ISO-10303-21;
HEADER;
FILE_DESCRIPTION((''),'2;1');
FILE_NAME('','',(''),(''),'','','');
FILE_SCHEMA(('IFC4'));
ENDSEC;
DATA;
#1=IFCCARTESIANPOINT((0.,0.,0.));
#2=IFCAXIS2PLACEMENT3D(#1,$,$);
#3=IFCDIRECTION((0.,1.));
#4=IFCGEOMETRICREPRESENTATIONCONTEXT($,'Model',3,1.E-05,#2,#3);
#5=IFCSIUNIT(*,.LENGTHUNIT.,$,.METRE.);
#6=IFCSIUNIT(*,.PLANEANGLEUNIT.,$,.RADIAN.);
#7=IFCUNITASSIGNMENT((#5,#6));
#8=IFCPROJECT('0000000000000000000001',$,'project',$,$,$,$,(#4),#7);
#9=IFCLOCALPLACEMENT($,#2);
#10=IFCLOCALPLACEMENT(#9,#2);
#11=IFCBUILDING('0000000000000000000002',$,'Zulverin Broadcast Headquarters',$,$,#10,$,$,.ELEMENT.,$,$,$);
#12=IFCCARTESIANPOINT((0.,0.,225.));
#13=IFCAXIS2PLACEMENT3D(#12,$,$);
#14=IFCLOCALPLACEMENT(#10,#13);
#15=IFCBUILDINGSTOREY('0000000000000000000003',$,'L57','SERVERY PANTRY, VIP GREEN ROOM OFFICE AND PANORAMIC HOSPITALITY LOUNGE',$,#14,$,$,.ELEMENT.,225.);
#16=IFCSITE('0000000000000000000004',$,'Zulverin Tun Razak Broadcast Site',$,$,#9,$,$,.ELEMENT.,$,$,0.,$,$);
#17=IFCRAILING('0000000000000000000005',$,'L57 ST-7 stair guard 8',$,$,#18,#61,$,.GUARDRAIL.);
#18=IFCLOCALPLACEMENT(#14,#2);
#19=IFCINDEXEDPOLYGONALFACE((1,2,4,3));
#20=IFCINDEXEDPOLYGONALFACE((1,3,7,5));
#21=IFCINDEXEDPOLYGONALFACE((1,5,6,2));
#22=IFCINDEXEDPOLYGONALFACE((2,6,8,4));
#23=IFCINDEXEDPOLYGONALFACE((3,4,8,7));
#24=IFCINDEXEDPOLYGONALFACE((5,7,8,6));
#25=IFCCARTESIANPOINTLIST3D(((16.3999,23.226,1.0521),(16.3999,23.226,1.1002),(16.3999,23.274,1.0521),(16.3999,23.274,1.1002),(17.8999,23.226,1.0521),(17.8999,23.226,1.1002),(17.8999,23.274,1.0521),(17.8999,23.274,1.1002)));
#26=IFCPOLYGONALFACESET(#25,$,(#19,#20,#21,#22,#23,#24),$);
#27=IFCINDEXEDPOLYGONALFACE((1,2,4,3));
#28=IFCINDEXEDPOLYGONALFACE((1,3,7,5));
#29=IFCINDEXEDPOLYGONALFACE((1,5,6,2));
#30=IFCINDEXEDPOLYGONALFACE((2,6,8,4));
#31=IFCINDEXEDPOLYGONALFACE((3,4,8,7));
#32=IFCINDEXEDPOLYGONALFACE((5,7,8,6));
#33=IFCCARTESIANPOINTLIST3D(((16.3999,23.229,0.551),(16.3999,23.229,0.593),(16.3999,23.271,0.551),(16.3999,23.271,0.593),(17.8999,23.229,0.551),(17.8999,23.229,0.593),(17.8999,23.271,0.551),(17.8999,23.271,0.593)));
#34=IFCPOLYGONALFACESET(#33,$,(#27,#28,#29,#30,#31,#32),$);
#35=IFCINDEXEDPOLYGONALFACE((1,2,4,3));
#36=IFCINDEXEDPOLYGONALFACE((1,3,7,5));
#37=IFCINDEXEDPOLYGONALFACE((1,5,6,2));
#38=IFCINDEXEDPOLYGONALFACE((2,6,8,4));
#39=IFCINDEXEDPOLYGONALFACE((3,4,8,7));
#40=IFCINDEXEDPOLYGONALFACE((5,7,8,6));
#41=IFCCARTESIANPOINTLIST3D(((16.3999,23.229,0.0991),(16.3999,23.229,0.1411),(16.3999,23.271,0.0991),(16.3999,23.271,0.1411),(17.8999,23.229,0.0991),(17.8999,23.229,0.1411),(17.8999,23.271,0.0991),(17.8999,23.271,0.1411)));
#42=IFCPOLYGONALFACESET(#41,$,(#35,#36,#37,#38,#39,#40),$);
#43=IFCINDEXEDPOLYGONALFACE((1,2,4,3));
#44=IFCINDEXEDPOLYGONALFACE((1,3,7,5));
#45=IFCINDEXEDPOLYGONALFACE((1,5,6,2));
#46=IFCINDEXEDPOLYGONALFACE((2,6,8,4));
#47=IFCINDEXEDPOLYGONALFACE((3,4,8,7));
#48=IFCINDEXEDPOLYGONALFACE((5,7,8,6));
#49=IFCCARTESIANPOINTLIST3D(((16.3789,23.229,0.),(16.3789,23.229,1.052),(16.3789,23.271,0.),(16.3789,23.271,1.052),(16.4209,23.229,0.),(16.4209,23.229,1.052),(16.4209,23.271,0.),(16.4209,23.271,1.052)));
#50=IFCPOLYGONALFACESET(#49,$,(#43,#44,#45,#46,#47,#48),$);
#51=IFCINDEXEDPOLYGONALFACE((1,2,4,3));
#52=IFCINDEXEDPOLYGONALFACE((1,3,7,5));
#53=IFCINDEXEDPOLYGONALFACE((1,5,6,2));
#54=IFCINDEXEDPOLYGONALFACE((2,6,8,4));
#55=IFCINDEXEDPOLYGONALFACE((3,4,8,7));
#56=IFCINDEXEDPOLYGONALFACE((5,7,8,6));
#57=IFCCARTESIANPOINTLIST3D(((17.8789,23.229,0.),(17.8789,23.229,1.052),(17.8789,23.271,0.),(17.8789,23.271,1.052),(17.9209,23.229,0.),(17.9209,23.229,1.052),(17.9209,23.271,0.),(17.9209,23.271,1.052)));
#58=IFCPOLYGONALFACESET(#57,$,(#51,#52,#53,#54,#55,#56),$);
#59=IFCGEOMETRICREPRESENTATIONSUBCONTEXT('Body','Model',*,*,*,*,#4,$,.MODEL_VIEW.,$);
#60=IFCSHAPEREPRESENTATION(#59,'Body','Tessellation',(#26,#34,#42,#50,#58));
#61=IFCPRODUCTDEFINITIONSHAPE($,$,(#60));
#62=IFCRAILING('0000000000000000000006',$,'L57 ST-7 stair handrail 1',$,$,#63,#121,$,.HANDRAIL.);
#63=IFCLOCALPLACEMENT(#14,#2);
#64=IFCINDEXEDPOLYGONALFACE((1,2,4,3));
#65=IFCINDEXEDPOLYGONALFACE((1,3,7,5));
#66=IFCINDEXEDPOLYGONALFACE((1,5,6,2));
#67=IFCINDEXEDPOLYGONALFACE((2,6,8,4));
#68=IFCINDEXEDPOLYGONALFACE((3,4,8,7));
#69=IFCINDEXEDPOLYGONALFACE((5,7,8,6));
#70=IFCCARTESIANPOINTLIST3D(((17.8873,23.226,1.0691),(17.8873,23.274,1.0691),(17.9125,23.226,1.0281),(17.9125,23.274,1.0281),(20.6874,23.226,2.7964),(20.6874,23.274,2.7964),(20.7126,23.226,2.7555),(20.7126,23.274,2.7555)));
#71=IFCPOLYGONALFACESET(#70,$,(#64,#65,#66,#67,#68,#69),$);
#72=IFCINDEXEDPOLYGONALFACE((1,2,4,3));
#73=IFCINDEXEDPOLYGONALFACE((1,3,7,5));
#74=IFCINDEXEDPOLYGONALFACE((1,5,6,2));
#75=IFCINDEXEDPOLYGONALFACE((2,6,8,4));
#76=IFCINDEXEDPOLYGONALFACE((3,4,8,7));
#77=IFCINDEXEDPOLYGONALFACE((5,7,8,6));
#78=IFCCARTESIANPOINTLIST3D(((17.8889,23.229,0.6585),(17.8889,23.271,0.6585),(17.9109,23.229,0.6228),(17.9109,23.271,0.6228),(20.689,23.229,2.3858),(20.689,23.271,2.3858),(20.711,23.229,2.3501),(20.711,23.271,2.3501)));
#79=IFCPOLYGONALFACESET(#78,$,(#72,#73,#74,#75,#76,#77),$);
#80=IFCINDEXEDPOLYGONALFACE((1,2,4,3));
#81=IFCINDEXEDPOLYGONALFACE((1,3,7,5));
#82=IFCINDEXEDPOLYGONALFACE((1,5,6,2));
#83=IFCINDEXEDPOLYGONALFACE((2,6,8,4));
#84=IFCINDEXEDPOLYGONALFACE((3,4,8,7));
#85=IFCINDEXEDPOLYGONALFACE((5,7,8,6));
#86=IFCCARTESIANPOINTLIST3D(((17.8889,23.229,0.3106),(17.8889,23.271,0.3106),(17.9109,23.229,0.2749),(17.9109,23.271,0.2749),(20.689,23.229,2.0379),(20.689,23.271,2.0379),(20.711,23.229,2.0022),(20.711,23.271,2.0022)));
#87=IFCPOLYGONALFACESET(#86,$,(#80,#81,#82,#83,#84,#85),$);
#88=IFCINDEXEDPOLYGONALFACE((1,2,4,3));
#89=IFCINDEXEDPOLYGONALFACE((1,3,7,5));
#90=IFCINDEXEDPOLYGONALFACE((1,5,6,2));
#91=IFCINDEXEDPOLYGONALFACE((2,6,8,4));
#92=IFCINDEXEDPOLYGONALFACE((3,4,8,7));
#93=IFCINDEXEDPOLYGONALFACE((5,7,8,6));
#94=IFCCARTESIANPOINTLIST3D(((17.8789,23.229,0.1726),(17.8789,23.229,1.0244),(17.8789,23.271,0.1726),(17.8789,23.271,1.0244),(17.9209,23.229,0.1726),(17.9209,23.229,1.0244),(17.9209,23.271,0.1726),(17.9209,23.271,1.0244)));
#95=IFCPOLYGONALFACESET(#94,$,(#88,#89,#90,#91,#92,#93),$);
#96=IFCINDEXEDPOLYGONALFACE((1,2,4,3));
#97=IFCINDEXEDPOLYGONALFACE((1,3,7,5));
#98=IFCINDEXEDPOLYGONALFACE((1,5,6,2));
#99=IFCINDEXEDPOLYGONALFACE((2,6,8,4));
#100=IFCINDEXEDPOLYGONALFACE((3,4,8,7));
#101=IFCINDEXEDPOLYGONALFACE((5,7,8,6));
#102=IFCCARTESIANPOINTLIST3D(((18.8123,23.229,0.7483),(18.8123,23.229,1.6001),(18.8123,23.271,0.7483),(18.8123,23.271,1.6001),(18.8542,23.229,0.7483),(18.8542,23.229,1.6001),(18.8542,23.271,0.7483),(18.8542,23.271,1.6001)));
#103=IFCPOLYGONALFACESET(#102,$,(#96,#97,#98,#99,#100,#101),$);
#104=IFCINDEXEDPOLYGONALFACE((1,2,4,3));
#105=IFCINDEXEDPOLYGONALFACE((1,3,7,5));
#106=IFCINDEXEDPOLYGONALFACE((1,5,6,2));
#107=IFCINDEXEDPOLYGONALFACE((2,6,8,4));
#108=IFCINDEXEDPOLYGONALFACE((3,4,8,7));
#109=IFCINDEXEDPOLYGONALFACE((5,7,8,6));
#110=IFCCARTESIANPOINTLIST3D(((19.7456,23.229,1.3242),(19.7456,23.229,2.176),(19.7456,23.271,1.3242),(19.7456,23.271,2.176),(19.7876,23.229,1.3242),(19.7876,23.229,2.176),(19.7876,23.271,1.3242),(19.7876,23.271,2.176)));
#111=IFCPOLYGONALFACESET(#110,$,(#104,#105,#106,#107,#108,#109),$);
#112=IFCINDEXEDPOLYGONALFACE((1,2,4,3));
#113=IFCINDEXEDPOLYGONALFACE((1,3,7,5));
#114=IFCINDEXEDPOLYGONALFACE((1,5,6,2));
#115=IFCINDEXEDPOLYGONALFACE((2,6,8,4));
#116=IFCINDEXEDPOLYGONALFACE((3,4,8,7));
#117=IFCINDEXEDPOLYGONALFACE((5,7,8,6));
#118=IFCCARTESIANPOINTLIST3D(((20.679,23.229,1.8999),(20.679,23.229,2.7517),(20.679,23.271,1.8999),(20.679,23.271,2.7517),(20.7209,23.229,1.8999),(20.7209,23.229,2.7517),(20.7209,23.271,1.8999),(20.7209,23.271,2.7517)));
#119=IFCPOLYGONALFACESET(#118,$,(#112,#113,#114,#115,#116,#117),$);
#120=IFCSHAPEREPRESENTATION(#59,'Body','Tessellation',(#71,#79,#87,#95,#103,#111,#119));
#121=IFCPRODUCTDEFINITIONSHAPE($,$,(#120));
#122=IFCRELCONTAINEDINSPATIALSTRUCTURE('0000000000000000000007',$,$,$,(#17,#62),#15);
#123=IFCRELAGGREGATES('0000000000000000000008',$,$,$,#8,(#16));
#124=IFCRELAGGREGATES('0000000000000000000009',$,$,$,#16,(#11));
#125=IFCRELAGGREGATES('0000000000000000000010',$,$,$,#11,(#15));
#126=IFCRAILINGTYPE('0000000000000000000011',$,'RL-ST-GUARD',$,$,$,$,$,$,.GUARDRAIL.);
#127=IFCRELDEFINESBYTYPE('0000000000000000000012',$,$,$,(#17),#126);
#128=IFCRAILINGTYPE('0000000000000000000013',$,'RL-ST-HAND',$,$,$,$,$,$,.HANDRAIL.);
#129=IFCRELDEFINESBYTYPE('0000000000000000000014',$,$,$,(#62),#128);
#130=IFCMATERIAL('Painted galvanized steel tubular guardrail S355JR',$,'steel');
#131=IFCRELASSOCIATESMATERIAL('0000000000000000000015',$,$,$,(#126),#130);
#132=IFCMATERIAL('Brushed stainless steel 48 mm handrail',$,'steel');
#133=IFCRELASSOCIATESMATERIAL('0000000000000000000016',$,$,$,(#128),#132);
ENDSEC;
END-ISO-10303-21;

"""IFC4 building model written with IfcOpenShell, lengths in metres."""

from ifc_helpers import new_model, si_unit, direction, frame, origin, origin_2d, place, context, subcontext, project, spatial, rectangle, extrude, material, type_object, element, save


model = new_model("IFC4")

# Units and contexts
model_context = context("Model", 3, precision=1e-05, world=origin(), true_north=direction((0.0, 1.0)))
body_context = subcontext(model_context, "Body", "Model", "MODEL_VIEW")
ifc_project = project(units=[si_unit("LENGTHUNIT", "METRE"), si_unit("PLANEANGLEUNIT", "RADIAN")], contexts=[model_context])

# Site, building, storey
site_placement = place(None, origin())
site = spatial("IfcSite", under=ifc_project, at=site_placement, Name="Zulverin Tun Razak Broadcast Site", CompositionType="ELEMENT", RefElevation=0.0)
building_placement = place(site_placement, origin())
building = spatial("IfcBuilding", under=site, at=building_placement, Name="Zulverin Broadcast Headquarters", CompositionType="ELEMENT")
storey_placement = place(building_placement, frame((0.0, 0.0, 225.0)))
storey = spatial("IfcBuildingStorey", under=building, at=storey_placement, Name="L57", Description="SERVERY PANTRY, VIP GREEN ROOM OFFICE AND PANORAMIC HOSPITALITY LOUNGE", CompositionType="ELEMENT", Elevation=225.0)

# Railings
ifc_material_1 = material(Name="Painted galvanized steel tubular guardrail S355JR", Category="steel")
railing_type_1 = type_object("IfcRailingType", Name="RL-ST-GUARD", PredefinedType="GUARDRAIL", material=ifc_material_1)
railing_1_placement = place(storey_placement, frame((16.3999, 23.25, 0.0)))
element("IfcRailing", 1, at=railing_1_placement, inside=storey, type_object=railing_type_1, Name="L57 ST-7 stair guard 8", PredefinedType="GUARDRAIL", context=body_context, shape_type="SweptSolid", body=[
    extrude(rectangle(XDim=0.0481, YDim=0.0481, at=origin_2d()), frame((0.0, 0.0, 1.0762), z_axis=(1.0, 0.0, 0.0), x_axis=(0.0, 1.0, 0.0)), (0.0, 0.0, 1.0), 1.5),
    extrude(rectangle(XDim=0.042, YDim=0.042, at=origin_2d()), frame((0.0, 0.0, 0.572), z_axis=(1.0, 0.0, 0.0), x_axis=(0.0, 1.0, 0.0)), (0.0, 0.0, 1.0), 1.5),
    extrude(rectangle(XDim=0.042, YDim=0.042, at=origin_2d()), frame((0.0, 0.0, 0.1201), z_axis=(1.0, 0.0, 0.0), x_axis=(0.0, 1.0, 0.0)), (0.0, 0.0, 1.0), 1.5),
    extrude(rectangle(XDim=0.042, YDim=0.042, at=origin_2d()), origin(), (0.0, 0.0, 1.0), 1.052),
    extrude(rectangle(XDim=0.042, YDim=0.042, at=origin_2d()), frame((1.5, 0.0, 0.0)), (0.0, 0.0, 1.0), 1.052),
])
ifc_material_2 = material(Name="Brushed stainless steel 48 mm handrail", Category="steel")
railing_type_2 = type_object("IfcRailingType", Name="RL-ST-HAND", PredefinedType="HANDRAIL", material=ifc_material_2)
railing_2_placement = place(storey_placement, frame((17.8999, 23.25, 0.1726)))
element("IfcRailing", 2, at=railing_2_placement, inside=storey, type_object=railing_type_2, Name="L57 ST-7 stair handrail 1", PredefinedType="HANDRAIL", context=body_context, shape_type="SweptSolid", body=[
    extrude(rectangle(XDim=0.0481, YDim=0.0481, at=origin_2d()), frame((0.0, 0.0, 0.876), z_axis=(0.85109, 0.0, 0.52502), x_axis=(0.0, 1.0, 0.0)), (0.0, 0.0, 1.0), 3.29),
    extrude(rectangle(XDim=0.042, YDim=0.042, at=origin_2d()), frame((0.0, 0.0, 0.468), z_axis=(0.85109, 0.0, 0.52502), x_axis=(0.0, 1.0, 0.0)), (0.0, 0.0, 1.0), 3.29),
    extrude(rectangle(XDim=0.042, YDim=0.042, at=origin_2d()), frame((0.0, 0.0, 0.1201), z_axis=(0.85109, 0.0, 0.52502), x_axis=(0.0, 1.0, 0.0)), (0.0, 0.0, 1.0), 3.29),
    extrude(rectangle(XDim=0.042, YDim=0.042, at=origin_2d()), origin(), (0.0, 0.0, 1.0), 0.8518),
    extrude(rectangle(XDim=0.042, YDim=0.042, at=origin_2d()), frame((0.9333, 0.0, 0.5757)), (0.0, 0.0, 1.0), 0.8518),
    extrude(rectangle(XDim=0.042, YDim=0.042, at=origin_2d()), frame((1.8667, 0.0, 1.1516)), (0.0, 0.0, 1.0), 0.8518),
    extrude(rectangle(XDim=0.042, YDim=0.042, at=origin_2d()), frame((2.8, 0.0, 1.7273)), (0.0, 0.0, 1.0), 0.8518),
])

save(model, "model.ifc")
